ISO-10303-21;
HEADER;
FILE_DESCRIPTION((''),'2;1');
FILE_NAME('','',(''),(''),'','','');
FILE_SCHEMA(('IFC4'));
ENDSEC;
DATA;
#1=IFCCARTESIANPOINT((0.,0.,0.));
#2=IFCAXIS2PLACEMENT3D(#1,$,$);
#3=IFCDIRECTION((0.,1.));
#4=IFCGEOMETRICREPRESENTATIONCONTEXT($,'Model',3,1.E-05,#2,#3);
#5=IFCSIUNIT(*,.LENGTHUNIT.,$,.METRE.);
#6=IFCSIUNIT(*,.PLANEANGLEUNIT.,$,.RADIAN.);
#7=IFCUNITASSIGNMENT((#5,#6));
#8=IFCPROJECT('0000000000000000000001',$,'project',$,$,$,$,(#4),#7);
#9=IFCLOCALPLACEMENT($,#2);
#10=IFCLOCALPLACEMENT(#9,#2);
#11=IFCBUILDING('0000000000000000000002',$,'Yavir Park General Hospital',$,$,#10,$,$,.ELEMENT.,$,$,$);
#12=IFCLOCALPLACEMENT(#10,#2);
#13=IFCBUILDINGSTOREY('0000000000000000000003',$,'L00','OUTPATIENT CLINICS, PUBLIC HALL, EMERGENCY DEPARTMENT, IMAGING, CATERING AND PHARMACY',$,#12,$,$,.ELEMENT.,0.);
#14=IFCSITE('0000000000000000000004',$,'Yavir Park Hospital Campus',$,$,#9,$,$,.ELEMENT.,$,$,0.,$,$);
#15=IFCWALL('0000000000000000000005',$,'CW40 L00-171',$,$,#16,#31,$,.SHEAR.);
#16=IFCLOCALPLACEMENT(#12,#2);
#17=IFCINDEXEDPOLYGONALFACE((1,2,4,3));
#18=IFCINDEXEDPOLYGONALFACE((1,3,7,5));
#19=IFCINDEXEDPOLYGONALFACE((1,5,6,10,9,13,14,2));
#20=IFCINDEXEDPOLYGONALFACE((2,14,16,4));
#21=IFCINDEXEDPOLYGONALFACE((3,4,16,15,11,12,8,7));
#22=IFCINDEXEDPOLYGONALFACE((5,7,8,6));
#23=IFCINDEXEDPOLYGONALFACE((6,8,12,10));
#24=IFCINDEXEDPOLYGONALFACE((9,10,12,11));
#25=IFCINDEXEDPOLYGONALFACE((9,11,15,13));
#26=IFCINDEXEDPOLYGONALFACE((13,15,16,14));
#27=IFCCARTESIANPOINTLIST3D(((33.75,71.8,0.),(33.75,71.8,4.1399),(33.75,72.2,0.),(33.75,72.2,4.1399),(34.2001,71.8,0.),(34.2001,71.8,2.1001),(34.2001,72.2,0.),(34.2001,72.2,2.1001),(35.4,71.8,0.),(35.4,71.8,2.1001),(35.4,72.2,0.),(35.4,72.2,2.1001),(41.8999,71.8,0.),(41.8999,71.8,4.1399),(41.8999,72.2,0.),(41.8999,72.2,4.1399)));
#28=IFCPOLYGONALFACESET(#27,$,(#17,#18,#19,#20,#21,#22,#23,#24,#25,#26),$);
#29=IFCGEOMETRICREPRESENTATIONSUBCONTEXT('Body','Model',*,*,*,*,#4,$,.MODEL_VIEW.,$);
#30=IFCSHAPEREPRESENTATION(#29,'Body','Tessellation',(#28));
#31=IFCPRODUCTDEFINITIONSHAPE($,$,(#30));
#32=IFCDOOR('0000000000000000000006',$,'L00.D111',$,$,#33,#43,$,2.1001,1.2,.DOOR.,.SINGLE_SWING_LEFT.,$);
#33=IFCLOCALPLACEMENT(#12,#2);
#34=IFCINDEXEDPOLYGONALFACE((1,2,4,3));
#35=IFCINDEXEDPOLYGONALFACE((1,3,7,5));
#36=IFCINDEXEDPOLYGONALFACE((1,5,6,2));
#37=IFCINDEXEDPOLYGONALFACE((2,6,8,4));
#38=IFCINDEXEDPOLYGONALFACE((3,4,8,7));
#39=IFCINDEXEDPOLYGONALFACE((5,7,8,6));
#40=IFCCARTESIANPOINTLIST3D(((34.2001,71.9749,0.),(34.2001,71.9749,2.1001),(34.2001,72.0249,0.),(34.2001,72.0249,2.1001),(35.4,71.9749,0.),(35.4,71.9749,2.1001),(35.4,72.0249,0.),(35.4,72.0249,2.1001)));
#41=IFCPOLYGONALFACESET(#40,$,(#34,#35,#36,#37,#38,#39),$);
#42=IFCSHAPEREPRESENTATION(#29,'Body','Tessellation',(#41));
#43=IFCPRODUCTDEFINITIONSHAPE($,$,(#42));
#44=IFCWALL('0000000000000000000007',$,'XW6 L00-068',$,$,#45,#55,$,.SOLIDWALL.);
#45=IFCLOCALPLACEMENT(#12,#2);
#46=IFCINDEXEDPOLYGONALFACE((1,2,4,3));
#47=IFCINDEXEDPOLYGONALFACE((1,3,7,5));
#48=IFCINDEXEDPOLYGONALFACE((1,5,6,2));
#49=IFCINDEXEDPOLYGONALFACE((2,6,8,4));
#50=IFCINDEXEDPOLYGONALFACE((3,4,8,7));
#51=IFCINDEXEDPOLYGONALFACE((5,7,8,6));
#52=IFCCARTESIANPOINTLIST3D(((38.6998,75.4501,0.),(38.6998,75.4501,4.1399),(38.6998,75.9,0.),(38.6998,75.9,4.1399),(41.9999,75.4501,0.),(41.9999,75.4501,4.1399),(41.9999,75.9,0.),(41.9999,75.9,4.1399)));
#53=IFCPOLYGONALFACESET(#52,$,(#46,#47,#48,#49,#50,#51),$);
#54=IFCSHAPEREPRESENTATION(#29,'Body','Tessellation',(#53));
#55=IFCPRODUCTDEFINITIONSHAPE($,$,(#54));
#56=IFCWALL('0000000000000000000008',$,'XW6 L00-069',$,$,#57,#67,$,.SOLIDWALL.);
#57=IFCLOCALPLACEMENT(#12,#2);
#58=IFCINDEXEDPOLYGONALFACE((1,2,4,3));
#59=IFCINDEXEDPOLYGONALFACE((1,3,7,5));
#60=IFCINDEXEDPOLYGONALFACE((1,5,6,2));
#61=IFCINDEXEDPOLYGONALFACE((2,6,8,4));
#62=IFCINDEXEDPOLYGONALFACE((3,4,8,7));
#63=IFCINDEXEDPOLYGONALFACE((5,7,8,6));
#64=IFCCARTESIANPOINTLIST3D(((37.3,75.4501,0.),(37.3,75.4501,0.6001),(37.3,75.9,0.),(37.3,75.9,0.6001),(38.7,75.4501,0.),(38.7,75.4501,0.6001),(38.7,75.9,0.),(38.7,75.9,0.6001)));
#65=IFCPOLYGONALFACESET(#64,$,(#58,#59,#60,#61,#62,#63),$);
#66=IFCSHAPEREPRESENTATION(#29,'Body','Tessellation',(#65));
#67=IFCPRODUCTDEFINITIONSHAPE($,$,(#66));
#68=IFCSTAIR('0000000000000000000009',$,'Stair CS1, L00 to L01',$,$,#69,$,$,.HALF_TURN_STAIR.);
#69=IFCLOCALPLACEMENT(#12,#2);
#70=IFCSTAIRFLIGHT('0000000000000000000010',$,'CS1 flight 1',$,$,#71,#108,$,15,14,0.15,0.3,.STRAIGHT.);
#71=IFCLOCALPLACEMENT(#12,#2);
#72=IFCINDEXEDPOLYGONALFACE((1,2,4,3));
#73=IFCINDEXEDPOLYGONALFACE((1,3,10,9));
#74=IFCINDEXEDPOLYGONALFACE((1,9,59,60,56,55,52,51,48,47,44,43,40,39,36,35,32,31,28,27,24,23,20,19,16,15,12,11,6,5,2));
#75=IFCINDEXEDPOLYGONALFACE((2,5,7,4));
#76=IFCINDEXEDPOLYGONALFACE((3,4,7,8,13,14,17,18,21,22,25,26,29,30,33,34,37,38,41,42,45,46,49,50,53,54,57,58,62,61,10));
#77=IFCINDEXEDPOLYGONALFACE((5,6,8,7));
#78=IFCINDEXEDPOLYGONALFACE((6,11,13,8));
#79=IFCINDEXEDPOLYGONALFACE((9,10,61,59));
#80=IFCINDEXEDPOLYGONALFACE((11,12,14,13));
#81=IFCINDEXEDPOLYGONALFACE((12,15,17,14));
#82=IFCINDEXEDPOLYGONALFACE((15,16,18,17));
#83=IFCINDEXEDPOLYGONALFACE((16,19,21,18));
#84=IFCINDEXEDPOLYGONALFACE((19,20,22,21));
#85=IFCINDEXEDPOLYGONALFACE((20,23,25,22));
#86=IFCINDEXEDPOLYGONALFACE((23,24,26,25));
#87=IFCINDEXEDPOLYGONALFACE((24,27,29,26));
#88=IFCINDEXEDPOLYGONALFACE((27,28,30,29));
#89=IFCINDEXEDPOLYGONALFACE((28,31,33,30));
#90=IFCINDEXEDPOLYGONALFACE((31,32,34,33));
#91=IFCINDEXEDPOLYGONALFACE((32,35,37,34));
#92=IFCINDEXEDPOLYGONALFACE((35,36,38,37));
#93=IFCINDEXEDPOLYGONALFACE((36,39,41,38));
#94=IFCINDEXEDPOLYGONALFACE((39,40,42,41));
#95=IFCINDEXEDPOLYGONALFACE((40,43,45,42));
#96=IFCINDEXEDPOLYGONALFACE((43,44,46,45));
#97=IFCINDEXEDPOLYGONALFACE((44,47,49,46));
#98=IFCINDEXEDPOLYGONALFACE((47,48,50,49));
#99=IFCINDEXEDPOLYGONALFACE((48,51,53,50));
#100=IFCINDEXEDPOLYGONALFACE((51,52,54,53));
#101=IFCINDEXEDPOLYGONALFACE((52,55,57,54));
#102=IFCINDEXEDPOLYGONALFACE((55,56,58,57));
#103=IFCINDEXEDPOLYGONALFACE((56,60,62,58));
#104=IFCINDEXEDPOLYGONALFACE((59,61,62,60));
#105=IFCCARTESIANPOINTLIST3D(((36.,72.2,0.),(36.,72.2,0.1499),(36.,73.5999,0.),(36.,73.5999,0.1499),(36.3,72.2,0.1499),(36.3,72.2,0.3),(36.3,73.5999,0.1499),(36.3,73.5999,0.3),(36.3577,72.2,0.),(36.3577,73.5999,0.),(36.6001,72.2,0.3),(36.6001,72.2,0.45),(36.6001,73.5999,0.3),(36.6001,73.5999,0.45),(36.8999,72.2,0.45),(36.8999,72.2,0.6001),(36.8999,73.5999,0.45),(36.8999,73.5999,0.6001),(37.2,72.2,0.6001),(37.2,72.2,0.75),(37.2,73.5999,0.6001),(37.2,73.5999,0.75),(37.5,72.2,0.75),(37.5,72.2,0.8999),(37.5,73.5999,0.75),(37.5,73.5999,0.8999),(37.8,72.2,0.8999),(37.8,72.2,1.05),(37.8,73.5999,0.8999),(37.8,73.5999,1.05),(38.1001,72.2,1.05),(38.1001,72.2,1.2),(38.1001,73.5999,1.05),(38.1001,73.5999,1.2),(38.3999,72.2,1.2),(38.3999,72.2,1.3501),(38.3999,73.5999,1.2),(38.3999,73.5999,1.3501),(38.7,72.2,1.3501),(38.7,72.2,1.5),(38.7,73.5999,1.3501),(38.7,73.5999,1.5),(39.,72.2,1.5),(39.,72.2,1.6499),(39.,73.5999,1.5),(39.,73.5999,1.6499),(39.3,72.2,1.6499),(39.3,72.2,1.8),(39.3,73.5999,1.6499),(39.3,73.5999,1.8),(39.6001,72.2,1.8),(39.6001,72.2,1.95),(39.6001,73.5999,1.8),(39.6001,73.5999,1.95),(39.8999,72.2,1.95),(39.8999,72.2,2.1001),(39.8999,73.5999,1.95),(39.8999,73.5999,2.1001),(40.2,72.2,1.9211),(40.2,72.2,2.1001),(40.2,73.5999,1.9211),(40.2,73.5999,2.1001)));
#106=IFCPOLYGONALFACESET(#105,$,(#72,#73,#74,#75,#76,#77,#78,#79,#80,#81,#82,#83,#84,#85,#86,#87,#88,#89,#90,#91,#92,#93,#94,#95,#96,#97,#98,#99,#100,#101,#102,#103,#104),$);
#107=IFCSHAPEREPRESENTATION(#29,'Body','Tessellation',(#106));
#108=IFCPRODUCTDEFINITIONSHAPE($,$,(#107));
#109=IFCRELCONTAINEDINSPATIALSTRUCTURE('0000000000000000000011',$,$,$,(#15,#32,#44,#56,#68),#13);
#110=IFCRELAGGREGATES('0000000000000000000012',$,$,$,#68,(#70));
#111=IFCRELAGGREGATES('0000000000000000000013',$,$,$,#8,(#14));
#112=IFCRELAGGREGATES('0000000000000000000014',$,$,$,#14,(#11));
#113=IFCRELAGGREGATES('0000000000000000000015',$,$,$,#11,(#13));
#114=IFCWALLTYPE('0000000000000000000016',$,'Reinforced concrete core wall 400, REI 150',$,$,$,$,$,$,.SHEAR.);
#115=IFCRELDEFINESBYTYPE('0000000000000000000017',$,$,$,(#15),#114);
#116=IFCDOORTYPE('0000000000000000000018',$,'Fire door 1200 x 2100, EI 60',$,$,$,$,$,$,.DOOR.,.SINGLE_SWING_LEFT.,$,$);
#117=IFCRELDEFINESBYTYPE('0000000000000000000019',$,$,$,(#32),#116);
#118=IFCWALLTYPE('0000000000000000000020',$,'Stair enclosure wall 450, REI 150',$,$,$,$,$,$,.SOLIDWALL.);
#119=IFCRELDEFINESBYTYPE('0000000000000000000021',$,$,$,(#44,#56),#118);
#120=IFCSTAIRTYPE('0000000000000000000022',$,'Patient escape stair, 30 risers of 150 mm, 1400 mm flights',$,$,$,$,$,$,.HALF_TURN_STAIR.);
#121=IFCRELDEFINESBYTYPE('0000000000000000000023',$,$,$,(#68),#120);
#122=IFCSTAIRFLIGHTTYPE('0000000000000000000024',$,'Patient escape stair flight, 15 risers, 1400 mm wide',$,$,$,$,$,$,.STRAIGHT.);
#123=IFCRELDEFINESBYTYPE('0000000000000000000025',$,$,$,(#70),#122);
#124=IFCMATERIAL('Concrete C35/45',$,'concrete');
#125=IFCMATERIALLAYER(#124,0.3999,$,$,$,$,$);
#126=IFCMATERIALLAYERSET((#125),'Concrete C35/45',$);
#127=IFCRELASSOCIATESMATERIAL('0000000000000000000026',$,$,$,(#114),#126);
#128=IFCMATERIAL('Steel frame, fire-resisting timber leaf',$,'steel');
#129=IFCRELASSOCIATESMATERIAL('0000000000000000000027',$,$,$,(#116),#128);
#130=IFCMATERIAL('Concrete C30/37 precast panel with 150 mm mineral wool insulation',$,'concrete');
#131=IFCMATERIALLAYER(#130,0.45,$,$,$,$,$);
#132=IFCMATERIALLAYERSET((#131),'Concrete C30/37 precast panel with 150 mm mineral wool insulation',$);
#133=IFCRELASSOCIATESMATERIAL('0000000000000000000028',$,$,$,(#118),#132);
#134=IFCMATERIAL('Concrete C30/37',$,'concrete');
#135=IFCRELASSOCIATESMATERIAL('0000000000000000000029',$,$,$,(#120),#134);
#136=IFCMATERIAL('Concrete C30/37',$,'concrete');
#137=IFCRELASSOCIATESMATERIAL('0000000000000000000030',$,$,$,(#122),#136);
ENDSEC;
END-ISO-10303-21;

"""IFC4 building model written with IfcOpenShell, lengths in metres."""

from ifc_helpers import new_model, si_unit, direction, frame, frame_2d, origin, place, context, subcontext, project, spatial, polyline, rectangle, outline, extrude, material, layer, layer_set, type_object, element, fill, aggregate, save


model = new_model("IFC4")

# Units and contexts
model_context = context("Model", 3, precision=1e-05, world=origin(), true_north=direction((0.0, 1.0)))
body_context = subcontext(model_context, "Body", "Model", "MODEL_VIEW")
ifc_project = project(units=[si_unit("LENGTHUNIT", "METRE"), si_unit("PLANEANGLEUNIT", "RADIAN")], contexts=[model_context])

# Site, building, storey
site_placement = place(None, origin())
site = spatial("IfcSite", under=ifc_project, at=site_placement, Name="Yavir Park Hospital Campus", CompositionType="ELEMENT", RefElevation=0.0)
building_placement = place(site_placement, origin())
building = spatial("IfcBuilding", under=site, at=building_placement, Name="Yavir Park General Hospital", CompositionType="ELEMENT")
storey_placement = place(building_placement, origin())
storey = spatial("IfcBuildingStorey", under=building, at=storey_placement, Name="L00", Description="OUTPATIENT CLINICS, PUBLIC HALL, EMERGENCY DEPARTMENT, IMAGING, CATERING AND PHARMACY", CompositionType="ELEMENT", Elevation=0.0)

# Wall, opening, door
ifc_material_1 = material(Name="Concrete C35/45", Category="concrete")
ifc_layer_1 = layer(ifc_material_1, 0.3999)
ifc_layer_set_1 = layer_set([ifc_layer_1], Name="Concrete C35/45")
wall_type_1 = type_object("IfcWallType", Name="Reinforced concrete core wall 400, REI 150", PredefinedType="SHEAR", material=ifc_layer_set_1)
wall_1_placement = place(storey_placement, frame((33.75, 72.0, 0.0), z_axis=(0.0, 0.0, 1.0), x_axis=(1.0, 0.0, 0.0)))
wall_1 = element("IfcWall", 1, at=wall_1_placement, inside=storey, type_object=wall_type_1, Name="CW40 L00-171", PredefinedType="SHEAR", context=body_context, shape_type="SweptSolid", body=[
    extrude(rectangle(XDim=8.1499, YDim=0.3999, at=frame_2d((4.075, 0.0))), origin(), (0.0, 0.0, 1.0), 4.1399),
])
opening_1_placement = place(wall_1_placement, frame((0.45, 0.0, 0.0)))
opening_1 = element("IfcOpeningElement", 2, at=opening_1_placement, cuts=wall_1, PredefinedType="OPENING", context=body_context, shape_type="SweptSolid", body=[
    extrude(rectangle(XDim=1.2, YDim=2.1001, at=frame_2d((0.6001, 1.05))), frame((0.0, 0.21, 0.0), z_axis=(0.0, -1.0, 0.0), x_axis=(1.0, 0.0, 0.0)), (0.0, 0.0, 1.0), 0.4199),
])
ifc_material_2 = material(Name="Steel frame, fire-resisting timber leaf", Category="steel")
door_type = type_object("IfcDoorType", Name="Fire door 1200 x 2100, EI 60", OperationType="SINGLE_SWING_LEFT", PredefinedType="DOOR", material=ifc_material_2)
door_placement = place(opening_1_placement, origin())
door = element("IfcDoor", 3, at=door_placement, inside=storey, type_object=door_type, Name="L00.D111", OperationType="SINGLE_SWING_LEFT", OverallHeight=2.1001, OverallWidth=1.2, PredefinedType="DOOR", context=body_context, shape_type="SweptSolid", body=[
    extrude(rectangle(XDim=1.2, YDim=2.1001, at=frame_2d((0.6001, 1.05))), frame((0.0, 0.0249, 0.0), z_axis=(0.0, -1.0, 0.0), x_axis=(1.0, 0.0, 0.0)), (0.0, 0.0, 1.0), 0.05),
])
fill(opening_1, door)

# Walls
ifc_material_3 = material(Name="Concrete C30/37 precast panel with 150 mm mineral wool insulation", Category="concrete")
ifc_layer_2 = layer(ifc_material_3, 0.45)
ifc_layer_set_2 = layer_set([ifc_layer_2], Name="Concrete C30/37 precast panel with 150 mm mineral wool insulation")
wall_type_2 = type_object("IfcWallType", Name="Stair enclosure wall 450, REI 150", PredefinedType="SOLIDWALL", material=ifc_layer_set_2)
wall_2_placement = place(storey_placement, frame((38.7, 75.675, 0.0), z_axis=(0.0, 0.0, 1.0), x_axis=(1.0, 0.0, 0.0)))
element("IfcWall", 4, at=wall_2_placement, inside=storey, type_object=wall_type_2, Name="XW6 L00-068", PredefinedType="SOLIDWALL", context=body_context, shape_type="SweptSolid", body=[
    extrude(rectangle(XDim=3.3, YDim=0.45, at=frame_2d((1.6499, 0.0))), origin(), (0.0, 0.0, 1.0), 4.1399),
])
wall_3_placement = place(storey_placement, frame((37.3, 75.675, 0.0), z_axis=(0.0, 0.0, 1.0), x_axis=(1.0, 0.0, 0.0)))
element("IfcWall", 5, at=wall_3_placement, inside=storey, type_object=wall_type_2, Name="XW6 L00-069", PredefinedType="SOLIDWALL", context=body_context, shape_type="SweptSolid", body=[
    extrude(rectangle(XDim=1.3999, YDim=0.45, at=frame_2d((0.7, 0.0))), origin(), (0.0, 0.0, 1.0), 0.6001),
])

# Stair, stair flight
ifc_material_4 = material(Name="Concrete C30/37", Category="concrete")
stair_type = type_object("IfcStairType", Name="Patient escape stair, 30 risers of 150 mm, 1400 mm flights", PredefinedType="HALF_TURN_STAIR", material=ifc_material_4)
stair_placement = place(storey_placement, origin())
stair = element("IfcStair", 6, at=stair_placement, inside=storey, type_object=stair_type, Name="Stair CS1, L00 to L01", PredefinedType="HALF_TURN_STAIR")
ifc_material_5 = material(Name="Concrete C30/37", Category="concrete")
stair_flight_type = type_object("IfcStairFlightType", Name="Patient escape stair flight, 15 risers, 1400 mm wide", PredefinedType="STRAIGHT", material=ifc_material_5)
stair_flight_placement = place(storey_placement, frame((36.0, 72.8999, 0.0), z_axis=(0.0, 0.0, 1.0), x_axis=(1.0, 0.0, 0.0)))
stair_flight = element("IfcStairFlight", 7, at=stair_flight_placement, type_object=stair_flight_type, Name="CS1 flight 1", NumberOfRisers=15, NumberOfTreads=14, PredefinedType="STRAIGHT", RiserHeight=0.15, TreadLength=0.3, context=body_context, shape_type="SweptSolid", body=[
    extrude(outline(polyline([(0.0, 0.0), (0.0, 0.1499), (0.3, 0.1499), (0.3, 0.3), (0.6001, 0.3), (0.6001, 0.45), (0.8999, 0.45), (0.8999, 0.6001), (1.2, 0.6001), (1.2, 0.75), (1.5, 0.75), (1.5, 0.8999), (1.8, 0.8999), (1.8, 1.05), (2.1001, 1.05), (2.1001, 1.2), (2.3999, 1.2), (2.3999, 1.3501), (2.7, 1.3501), (2.7, 1.5), (3.0, 1.5), (3.0, 1.6499), (3.3, 1.6499), (3.3, 1.8), (3.6001, 1.8), (3.6001, 1.95), (3.8999, 1.95), (3.8999, 2.1001), (4.2, 2.1001), (4.2, 2.25), (4.2, 1.9211), (0.3577, 0.0), (0.0, 0.0)])), frame((0.0, 0.7, 0.0), z_axis=(0.0, -1.0, 0.0), x_axis=(1.0, 0.0, 0.0)), (0.0, 0.0, 1.0), 1.3999),
])
aggregate(stair, [stair_flight])

save(model, "model.ifc")
